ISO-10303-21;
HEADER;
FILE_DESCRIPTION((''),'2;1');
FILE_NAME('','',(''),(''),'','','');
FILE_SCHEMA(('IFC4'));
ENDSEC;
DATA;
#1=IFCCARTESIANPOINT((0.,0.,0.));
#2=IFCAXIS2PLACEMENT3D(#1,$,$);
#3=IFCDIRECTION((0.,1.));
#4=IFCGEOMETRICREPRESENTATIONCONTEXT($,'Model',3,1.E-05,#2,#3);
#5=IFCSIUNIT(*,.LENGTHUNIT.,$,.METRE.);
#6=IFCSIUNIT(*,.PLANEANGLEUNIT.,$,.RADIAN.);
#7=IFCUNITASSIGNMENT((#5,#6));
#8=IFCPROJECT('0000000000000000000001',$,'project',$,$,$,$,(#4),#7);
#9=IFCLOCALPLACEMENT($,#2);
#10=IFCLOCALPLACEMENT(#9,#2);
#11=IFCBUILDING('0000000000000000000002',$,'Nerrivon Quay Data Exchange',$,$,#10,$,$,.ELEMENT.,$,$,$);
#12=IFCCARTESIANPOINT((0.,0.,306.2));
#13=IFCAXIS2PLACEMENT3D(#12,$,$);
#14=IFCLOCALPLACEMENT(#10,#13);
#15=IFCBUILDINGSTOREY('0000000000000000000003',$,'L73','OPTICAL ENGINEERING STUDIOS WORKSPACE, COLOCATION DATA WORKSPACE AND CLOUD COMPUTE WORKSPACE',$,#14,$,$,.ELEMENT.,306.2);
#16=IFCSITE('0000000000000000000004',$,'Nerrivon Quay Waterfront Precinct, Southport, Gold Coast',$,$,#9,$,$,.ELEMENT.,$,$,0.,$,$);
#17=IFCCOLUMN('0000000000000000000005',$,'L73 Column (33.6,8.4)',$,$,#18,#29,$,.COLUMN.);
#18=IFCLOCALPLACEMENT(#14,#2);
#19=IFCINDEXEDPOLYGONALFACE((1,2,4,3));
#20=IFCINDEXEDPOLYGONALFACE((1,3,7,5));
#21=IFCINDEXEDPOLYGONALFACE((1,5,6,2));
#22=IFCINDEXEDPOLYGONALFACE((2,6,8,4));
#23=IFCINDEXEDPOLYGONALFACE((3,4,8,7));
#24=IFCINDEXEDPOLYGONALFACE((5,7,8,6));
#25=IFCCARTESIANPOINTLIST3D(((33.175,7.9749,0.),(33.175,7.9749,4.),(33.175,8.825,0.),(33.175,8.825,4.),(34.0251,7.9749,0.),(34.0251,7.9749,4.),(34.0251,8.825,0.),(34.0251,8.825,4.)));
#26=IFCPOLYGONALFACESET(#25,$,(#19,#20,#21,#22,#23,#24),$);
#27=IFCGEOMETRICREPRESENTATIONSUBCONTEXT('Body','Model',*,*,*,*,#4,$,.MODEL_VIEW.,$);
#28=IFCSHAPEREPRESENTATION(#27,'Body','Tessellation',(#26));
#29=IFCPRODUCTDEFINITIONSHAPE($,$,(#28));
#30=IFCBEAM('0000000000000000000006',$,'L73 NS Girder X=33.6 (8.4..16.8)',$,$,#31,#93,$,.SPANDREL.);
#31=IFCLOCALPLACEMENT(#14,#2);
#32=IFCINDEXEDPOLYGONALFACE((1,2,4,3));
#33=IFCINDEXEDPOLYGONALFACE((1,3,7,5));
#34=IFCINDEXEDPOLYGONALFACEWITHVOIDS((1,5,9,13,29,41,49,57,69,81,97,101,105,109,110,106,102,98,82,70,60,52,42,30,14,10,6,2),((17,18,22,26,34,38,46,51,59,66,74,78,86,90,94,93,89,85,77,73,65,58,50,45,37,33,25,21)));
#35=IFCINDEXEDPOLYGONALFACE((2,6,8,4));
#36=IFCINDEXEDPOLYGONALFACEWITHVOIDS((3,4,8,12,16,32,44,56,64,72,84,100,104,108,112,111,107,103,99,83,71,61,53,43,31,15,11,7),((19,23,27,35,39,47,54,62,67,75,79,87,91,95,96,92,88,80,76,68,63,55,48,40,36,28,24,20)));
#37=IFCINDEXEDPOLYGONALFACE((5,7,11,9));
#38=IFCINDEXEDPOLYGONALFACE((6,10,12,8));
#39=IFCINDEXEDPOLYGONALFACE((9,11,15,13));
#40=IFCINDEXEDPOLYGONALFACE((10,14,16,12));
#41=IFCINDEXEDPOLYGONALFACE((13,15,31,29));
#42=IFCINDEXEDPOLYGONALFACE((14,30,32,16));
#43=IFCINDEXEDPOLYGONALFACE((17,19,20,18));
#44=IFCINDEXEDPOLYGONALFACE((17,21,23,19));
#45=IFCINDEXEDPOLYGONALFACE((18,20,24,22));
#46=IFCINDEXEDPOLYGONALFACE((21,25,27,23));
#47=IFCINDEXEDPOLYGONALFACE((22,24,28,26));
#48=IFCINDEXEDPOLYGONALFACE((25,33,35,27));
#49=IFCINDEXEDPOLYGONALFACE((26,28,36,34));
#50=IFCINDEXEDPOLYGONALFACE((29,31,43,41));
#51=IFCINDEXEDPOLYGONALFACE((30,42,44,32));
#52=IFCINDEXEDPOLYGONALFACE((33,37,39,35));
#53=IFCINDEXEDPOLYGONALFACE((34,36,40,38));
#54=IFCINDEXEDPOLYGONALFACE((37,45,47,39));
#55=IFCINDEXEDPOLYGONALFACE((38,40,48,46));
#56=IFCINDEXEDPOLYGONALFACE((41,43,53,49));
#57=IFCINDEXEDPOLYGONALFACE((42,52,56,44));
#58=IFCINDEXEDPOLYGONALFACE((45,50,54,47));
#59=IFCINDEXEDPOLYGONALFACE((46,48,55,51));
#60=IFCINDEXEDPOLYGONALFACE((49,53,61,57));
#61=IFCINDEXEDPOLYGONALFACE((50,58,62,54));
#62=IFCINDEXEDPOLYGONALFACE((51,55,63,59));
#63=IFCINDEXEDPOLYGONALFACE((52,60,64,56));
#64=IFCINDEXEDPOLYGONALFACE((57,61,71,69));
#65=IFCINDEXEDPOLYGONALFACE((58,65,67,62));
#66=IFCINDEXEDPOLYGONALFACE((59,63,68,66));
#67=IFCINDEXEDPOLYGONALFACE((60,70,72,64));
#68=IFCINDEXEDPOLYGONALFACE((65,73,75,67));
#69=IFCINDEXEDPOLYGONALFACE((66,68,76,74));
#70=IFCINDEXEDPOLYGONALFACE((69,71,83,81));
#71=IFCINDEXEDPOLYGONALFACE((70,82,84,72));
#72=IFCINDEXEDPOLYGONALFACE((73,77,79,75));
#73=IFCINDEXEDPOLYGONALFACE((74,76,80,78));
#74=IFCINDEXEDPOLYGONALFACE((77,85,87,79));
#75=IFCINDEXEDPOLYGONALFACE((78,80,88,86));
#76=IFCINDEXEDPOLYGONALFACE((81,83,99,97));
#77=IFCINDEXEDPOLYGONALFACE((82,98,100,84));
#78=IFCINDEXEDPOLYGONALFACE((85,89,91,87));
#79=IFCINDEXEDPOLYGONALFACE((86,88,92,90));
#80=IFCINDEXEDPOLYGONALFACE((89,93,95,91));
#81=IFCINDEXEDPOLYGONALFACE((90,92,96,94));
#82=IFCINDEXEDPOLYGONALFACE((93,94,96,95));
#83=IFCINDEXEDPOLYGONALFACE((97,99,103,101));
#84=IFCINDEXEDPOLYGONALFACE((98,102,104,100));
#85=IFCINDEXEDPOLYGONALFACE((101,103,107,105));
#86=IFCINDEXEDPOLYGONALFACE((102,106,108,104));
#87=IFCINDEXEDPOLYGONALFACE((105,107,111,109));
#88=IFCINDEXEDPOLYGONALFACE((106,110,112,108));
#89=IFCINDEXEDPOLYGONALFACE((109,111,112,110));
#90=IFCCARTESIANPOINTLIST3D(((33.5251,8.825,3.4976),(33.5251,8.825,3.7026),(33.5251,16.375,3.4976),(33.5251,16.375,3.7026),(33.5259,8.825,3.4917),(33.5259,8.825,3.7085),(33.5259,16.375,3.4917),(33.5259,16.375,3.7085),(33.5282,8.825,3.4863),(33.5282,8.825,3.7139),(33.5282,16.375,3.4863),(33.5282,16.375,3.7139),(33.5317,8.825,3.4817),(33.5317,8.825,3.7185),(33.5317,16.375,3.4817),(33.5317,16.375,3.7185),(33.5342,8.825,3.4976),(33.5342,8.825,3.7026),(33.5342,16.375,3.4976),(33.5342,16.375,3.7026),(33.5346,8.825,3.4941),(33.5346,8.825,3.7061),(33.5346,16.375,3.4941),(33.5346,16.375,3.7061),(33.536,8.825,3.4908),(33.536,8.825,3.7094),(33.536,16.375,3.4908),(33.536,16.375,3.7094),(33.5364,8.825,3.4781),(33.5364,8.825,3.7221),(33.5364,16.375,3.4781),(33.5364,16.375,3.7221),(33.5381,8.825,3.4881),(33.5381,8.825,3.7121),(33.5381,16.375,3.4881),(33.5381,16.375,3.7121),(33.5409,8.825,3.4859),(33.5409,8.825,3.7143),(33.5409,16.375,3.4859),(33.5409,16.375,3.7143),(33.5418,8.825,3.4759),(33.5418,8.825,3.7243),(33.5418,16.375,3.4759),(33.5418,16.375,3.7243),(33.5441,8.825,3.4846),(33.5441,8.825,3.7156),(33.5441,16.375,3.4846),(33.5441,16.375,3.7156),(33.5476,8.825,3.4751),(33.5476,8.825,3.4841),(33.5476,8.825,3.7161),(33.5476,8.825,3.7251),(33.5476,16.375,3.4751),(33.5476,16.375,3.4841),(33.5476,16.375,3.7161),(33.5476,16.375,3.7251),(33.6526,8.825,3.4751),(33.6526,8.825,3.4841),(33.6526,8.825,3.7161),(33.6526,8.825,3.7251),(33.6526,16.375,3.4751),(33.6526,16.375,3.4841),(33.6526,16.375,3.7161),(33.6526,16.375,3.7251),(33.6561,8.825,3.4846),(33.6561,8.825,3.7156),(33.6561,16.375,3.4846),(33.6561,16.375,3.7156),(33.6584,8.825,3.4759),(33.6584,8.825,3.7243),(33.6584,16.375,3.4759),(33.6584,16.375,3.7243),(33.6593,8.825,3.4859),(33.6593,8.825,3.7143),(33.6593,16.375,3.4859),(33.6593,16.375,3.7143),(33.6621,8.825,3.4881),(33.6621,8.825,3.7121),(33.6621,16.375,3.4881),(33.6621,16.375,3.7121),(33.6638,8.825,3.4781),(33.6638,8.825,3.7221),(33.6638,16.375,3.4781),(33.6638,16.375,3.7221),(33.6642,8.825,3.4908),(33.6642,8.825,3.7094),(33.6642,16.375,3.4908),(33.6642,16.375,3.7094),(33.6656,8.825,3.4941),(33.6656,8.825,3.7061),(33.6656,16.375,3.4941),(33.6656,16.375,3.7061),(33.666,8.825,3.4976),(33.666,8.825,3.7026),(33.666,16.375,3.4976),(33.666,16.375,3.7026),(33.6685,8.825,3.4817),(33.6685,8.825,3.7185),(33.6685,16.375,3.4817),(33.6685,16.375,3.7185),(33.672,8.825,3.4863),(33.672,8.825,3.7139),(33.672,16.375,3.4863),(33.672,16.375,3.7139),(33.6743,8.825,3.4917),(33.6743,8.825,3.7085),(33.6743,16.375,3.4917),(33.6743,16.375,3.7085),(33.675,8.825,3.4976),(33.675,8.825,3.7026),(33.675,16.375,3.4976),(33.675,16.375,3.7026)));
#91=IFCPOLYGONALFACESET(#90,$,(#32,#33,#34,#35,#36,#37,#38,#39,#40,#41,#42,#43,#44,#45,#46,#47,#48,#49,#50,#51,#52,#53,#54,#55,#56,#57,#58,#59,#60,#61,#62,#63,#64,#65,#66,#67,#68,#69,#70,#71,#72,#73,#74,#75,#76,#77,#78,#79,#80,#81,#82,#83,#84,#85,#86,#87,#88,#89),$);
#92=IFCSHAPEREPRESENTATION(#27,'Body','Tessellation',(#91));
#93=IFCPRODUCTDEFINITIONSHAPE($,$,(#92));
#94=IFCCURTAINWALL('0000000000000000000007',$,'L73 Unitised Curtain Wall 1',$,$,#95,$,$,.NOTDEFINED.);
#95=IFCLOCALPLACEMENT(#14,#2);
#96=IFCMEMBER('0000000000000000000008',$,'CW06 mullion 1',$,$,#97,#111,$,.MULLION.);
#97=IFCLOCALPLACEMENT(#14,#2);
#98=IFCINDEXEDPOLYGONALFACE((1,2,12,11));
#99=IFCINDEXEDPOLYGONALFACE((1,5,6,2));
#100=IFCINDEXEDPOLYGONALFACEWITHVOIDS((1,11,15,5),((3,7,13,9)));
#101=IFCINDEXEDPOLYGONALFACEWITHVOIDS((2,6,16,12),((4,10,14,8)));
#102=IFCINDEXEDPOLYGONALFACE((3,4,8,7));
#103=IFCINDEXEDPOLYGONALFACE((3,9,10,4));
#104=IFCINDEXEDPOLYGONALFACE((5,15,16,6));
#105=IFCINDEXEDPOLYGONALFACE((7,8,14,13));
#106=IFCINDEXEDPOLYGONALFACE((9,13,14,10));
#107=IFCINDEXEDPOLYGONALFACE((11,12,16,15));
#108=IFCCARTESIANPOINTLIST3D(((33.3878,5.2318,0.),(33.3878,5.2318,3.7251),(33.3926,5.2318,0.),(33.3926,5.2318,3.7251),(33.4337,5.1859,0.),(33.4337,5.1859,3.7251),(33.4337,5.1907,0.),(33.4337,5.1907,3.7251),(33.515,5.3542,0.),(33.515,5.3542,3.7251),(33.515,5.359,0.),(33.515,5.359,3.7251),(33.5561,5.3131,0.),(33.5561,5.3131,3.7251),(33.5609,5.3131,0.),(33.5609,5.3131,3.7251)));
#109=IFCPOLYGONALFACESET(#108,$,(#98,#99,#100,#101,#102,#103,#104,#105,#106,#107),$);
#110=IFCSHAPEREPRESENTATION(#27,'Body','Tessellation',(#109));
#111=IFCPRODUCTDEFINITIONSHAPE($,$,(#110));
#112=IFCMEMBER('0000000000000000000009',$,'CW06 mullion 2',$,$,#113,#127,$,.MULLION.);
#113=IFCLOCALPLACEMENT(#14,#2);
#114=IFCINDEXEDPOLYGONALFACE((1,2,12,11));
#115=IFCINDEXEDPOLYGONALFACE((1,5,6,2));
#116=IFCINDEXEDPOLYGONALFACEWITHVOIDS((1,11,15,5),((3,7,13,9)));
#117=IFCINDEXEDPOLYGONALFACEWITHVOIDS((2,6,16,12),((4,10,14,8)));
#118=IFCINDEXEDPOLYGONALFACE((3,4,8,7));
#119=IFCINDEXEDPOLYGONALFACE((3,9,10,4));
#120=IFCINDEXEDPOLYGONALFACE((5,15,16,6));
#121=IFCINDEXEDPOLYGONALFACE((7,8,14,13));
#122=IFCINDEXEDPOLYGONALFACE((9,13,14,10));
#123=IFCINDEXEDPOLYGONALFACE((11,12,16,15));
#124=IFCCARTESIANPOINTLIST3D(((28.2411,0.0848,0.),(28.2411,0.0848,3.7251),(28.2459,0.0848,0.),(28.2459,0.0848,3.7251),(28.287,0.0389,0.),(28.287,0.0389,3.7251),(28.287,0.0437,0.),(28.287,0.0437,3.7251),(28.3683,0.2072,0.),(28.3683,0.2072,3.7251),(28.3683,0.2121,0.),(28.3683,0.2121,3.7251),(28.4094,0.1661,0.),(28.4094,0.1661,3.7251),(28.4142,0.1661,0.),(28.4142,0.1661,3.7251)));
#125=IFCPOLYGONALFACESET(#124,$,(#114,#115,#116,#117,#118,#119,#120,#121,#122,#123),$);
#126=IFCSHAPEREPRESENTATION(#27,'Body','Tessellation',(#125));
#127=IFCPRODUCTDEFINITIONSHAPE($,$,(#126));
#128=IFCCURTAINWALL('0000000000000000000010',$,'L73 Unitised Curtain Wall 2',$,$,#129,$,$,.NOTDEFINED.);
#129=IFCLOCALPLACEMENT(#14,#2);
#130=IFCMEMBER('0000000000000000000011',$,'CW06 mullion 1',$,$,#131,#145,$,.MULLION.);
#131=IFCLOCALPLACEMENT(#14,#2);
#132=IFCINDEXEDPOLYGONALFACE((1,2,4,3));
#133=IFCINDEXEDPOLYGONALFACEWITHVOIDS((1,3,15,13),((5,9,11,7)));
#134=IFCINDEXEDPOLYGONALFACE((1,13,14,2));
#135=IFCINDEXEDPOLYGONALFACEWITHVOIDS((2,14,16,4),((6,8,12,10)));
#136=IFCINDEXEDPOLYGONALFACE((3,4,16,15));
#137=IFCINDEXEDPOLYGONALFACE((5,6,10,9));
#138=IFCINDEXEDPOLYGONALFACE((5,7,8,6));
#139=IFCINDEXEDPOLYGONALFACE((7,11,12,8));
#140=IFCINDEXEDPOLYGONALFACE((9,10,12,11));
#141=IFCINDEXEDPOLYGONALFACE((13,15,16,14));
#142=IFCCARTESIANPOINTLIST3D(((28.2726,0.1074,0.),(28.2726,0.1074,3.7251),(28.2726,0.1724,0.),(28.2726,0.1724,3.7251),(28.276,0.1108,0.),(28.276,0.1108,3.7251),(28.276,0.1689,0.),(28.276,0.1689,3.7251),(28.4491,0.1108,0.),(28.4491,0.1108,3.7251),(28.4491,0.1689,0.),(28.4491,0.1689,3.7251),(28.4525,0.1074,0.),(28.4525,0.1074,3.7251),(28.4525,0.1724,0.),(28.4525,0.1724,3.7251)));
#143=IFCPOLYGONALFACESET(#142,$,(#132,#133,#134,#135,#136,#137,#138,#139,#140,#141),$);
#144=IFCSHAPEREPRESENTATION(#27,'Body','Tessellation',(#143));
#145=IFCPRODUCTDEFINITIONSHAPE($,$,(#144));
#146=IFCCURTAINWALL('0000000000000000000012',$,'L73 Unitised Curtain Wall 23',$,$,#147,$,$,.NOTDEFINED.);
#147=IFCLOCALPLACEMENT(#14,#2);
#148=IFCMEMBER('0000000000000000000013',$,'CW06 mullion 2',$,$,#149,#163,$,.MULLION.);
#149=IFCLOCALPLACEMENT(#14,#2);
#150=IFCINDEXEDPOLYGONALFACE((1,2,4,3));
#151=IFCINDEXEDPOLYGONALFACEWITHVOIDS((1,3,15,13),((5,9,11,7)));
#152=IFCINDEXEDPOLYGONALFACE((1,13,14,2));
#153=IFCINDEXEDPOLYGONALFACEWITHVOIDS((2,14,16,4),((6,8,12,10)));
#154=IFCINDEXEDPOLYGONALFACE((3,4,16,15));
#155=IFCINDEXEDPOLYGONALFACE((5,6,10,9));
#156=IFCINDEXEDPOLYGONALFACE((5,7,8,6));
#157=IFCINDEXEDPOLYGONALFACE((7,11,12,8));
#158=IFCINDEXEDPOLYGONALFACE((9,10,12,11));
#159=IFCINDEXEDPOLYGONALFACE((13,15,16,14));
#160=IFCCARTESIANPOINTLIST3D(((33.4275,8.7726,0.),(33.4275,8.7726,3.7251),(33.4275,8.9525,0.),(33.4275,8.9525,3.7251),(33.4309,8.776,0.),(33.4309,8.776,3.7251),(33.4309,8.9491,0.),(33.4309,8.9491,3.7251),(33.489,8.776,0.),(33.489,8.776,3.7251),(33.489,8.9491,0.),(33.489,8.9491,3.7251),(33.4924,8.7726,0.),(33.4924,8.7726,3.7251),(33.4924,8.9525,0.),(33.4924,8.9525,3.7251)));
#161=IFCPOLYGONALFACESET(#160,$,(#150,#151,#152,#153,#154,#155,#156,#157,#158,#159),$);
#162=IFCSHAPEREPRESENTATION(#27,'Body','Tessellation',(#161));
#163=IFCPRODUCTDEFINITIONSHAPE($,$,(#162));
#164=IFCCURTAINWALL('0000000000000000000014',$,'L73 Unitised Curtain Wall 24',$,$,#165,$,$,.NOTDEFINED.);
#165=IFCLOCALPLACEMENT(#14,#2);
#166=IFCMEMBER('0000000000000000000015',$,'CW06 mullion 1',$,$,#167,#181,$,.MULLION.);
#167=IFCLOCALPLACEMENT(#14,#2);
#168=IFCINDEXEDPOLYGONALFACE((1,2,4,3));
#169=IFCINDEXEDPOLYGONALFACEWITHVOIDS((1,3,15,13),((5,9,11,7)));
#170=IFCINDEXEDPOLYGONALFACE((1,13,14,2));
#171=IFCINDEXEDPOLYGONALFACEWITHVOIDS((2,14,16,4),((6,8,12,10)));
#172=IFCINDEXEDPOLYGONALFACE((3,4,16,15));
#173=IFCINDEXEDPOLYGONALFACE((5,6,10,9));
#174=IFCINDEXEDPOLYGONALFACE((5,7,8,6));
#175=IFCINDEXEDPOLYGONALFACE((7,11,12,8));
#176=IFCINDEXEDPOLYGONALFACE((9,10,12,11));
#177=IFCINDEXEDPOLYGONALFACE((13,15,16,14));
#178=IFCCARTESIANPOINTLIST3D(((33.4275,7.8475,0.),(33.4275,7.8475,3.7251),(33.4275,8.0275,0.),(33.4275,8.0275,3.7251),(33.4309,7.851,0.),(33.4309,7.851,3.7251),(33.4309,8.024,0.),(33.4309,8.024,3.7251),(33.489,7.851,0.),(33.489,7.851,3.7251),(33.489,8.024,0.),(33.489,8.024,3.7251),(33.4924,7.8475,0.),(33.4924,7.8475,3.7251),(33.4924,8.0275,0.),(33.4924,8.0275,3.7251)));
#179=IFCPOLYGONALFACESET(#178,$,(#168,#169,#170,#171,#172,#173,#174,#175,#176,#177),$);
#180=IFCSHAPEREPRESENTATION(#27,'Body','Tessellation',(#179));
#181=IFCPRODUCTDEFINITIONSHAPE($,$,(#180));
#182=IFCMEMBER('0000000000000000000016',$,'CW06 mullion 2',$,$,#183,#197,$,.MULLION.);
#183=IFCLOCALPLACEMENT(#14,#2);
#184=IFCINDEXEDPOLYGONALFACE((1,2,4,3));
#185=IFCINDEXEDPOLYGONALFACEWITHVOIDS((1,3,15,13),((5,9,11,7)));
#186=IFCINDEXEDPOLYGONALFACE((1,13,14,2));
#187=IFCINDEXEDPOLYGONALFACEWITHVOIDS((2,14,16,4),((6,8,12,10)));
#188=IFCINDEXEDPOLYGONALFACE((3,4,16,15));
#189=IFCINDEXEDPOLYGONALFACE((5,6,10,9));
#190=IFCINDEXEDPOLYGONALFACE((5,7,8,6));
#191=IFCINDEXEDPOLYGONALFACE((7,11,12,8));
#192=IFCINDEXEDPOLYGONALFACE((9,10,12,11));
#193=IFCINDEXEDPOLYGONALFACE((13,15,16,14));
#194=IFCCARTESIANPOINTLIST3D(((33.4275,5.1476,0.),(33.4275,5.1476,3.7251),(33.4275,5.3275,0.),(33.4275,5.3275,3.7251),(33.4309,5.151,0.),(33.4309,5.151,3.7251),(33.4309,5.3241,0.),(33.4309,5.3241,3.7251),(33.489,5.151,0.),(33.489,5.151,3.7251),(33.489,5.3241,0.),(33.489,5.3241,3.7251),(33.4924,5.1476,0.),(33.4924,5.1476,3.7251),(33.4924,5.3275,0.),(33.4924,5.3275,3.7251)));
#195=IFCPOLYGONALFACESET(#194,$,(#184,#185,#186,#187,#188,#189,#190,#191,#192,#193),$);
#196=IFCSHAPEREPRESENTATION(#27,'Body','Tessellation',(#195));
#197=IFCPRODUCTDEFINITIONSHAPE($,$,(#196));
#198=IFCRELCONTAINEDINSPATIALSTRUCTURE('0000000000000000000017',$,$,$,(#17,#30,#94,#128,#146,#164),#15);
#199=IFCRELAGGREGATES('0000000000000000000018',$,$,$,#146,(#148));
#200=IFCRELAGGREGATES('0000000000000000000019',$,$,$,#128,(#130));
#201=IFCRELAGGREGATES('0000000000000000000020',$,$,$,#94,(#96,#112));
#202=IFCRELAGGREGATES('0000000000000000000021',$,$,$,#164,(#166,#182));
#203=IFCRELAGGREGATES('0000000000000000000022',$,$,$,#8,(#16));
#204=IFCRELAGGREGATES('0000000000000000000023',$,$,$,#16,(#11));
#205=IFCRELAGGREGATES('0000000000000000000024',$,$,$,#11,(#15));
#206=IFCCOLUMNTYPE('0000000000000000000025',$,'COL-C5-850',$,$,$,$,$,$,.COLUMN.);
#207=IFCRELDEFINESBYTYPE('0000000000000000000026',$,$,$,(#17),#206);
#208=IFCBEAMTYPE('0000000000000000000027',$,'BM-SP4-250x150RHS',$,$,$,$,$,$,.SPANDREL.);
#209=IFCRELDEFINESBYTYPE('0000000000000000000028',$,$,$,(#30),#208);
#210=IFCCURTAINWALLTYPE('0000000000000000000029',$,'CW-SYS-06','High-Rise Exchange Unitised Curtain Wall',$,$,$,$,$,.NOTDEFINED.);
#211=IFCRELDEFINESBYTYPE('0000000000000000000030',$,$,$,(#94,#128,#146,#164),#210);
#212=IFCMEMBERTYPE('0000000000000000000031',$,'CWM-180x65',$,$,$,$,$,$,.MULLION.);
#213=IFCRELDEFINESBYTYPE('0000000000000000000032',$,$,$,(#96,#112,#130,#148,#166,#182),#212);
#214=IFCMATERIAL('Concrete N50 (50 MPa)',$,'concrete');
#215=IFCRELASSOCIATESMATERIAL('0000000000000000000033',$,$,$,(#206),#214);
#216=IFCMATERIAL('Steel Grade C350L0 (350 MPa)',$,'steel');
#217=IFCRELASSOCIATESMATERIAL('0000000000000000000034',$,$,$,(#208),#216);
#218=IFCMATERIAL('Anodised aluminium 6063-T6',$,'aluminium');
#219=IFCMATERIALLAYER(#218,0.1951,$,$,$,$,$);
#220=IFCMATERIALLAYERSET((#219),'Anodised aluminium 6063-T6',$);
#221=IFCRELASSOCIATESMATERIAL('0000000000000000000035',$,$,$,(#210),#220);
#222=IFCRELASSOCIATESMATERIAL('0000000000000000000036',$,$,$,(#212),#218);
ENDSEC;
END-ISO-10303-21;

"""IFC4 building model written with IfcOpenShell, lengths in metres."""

from ifc_helpers import new_model, si_unit, direction, frame, origin, origin_2d, place, context, subcontext, project, spatial, rectangle, hollow_rectangle, extrude, material, layer, layer_set, material_profile, profile_set, type_object, element, aggregate, save


model = new_model("IFC4")

# Units and contexts
model_context = context("Model", 3, precision=1e-05, world=origin(), true_north=direction((0.0, 1.0)))
body_context = subcontext(model_context, "Body", "Model", "MODEL_VIEW")
ifc_project = project(units=[si_unit("LENGTHUNIT", "METRE"), si_unit("PLANEANGLEUNIT", "RADIAN")], contexts=[model_context])

# Site, building, storey
site_placement = place(None, origin())
site = spatial("IfcSite", under=ifc_project, at=site_placement, Name="Nerrivon Quay Waterfront Precinct, Southport, Gold Coast", CompositionType="ELEMENT", RefElevation=0.0)
building_placement = place(site_placement, origin())
building = spatial("IfcBuilding", under=site, at=building_placement, Name="Nerrivon Quay Data Exchange", CompositionType="ELEMENT")
storey_placement = place(building_placement, frame((0.0, 0.0, 306.2)))
storey = spatial("IfcBuildingStorey", under=building, at=storey_placement, Name="L73", Description="OPTICAL ENGINEERING STUDIOS WORKSPACE, COLOCATION DATA WORKSPACE AND CLOUD COMPUTE WORKSPACE", CompositionType="ELEMENT", Elevation=306.2)

# Column
ifc_material_1 = material(Name="Concrete N50 (50 MPa)", Category="concrete")
ifc_material_profile_1 = material_profile(ifc_material_1, rectangle(XDim=0.8501, YDim=0.8501, at=origin_2d()), Name="RC-COL-850x850")
ifc_profile_set_1 = profile_set([ifc_material_profile_1], Name="Concrete N50 (50 MPa)")
column_type = type_object("IfcColumnType", Name="COL-C5-850", PredefinedType="COLUMN", material=ifc_profile_set_1)
column_placement = place(storey_placement, frame((33.6001, 8.3999, 0.0), z_axis=(0.0, 0.0, 1.0), x_axis=(1.0, 0.0, 0.0)))
element("IfcColumn", 1, at=column_placement, inside=storey, type_object=column_type, Name="L73 Column (33.6,8.4)", PredefinedType="COLUMN", context=body_context, shape_type="SweptSolid", body=[
    extrude(rectangle(XDim=0.8501, YDim=0.8501, at=origin_2d()), origin(), (0.0, 0.0, 1.0), 4.0),
])

# Beam
ifc_material_2 = material(Name="Steel Grade C350L0 (350 MPa)", Category="steel")
ifc_material_profile_2 = material_profile(ifc_material_2, hollow_rectangle(XDim=0.1499, YDim=0.25, WallThickness=0.009, InnerFilletRadius=0.0134, OuterFilletRadius=0.0225, at=origin_2d()), Name="250x150x9.0RHS")
ifc_profile_set_2 = profile_set([ifc_material_profile_2], Name="Steel Grade C350L0 (350 MPa)")
beam_type = type_object("IfcBeamType", Name="BM-SP4-250x150RHS", PredefinedType="SPANDREL", material=ifc_profile_set_2)
beam_placement = place(storey_placement, frame((33.6001, 8.825, 3.6001), z_axis=(0.0, 1.0, 0.0), x_axis=(-1.0, 0.0, 0.0)))
element("IfcBeam", 2, at=beam_placement, inside=storey, type_object=beam_type, Name="L73 NS Girder X=33.6 (8.4..16.8)", PredefinedType="SPANDREL", context=body_context, shape_type="SweptSolid", body=[
    extrude(hollow_rectangle(XDim=0.1499, YDim=0.25, WallThickness=0.009, InnerFilletRadius=0.0134, OuterFilletRadius=0.0225, at=origin_2d()), origin(), (0.0, 0.0, 1.0), 7.55),
])

# Curtain wall, members
ifc_material_3 = material(Name="Anodised aluminium 6063-T6", Category="aluminium")
ifc_layer_1 = layer(ifc_material_3, 0.1951)
ifc_layer_set_1 = layer_set([ifc_layer_1], Name="Anodised aluminium 6063-T6")
curtain_wall_type = type_object("IfcCurtainWallType", Name="CW-SYS-06", Description="High-Rise Exchange Unitised Curtain Wall", PredefinedType="NOTDEFINED", material=ifc_layer_set_1)
curtain_wall_1_placement = place(storey_placement, origin())
curtain_wall_1 = element("IfcCurtainWall", 3, at=curtain_wall_1_placement, inside=storey, type_object=curtain_wall_type, Name="L73 Unitised Curtain Wall 1", PredefinedType="NOTDEFINED")
ifc_material_profile_3 = material_profile(ifc_material_3, hollow_rectangle(XDim=0.0649, YDim=0.1799, WallThickness=0.0034, at=origin_2d()), Name="ALU-MULL-180x65")
ifc_profile_set_3 = profile_set([ifc_material_profile_3], Name="Anodised aluminium 6063-T6")
member_type_1 = type_object("IfcMemberType", Name="CWM-180x65", PredefinedType="MULLION", material=ifc_profile_set_3)
member_1_placement = place(storey_placement, frame((33.4744, 5.2725, 0.0), z_axis=(0.0, 0.0, 1.0), x_axis=(0.707107, -0.707107, 0.0)))
member_1 = element("IfcMember", 4, at=member_1_placement, type_object=member_type_1, Name="CW06 mullion 1", PredefinedType="MULLION", context=body_context, shape_type="SweptSolid", body=[
    extrude(hollow_rectangle(XDim=0.0649, YDim=0.1799, WallThickness=0.0034, at=origin_2d()), origin(), (0.0, 0.0, 1.0), 3.7251),
])
member_2_placement = place(storey_placement, frame((28.3276, 0.1255, 0.0), z_axis=(0.0, 0.0, 1.0), x_axis=(0.707107, -0.707107, 0.0)))
member_2 = element("IfcMember", 5, at=member_2_placement, type_object=member_type_1, Name="CW06 mullion 2", PredefinedType="MULLION", context=body_context, shape_type="SweptSolid", body=[
    extrude(hollow_rectangle(XDim=0.0649, YDim=0.1799, WallThickness=0.0034, at=origin_2d()), origin(), (0.0, 0.0, 1.0), 3.7251),
])

# Curtain walls, members
curtain_wall_2_placement = place(storey_placement, origin())
curtain_wall_2 = element("IfcCurtainWall", 6, at=curtain_wall_2_placement, inside=storey, type_object=curtain_wall_type, Name="L73 Unitised Curtain Wall 2", PredefinedType="NOTDEFINED")
member_3_placement = place(storey_placement, frame((28.3625, 0.1399, 0.0), z_axis=(0.0, 0.0, 1.0), x_axis=(0.0, -1.0, 0.0)))
member_3 = element("IfcMember", 7, at=member_3_placement, type_object=member_type_1, Name="CW06 mullion 1", PredefinedType="MULLION", context=body_context, shape_type="SweptSolid", body=[
    extrude(hollow_rectangle(XDim=0.0649, YDim=0.1799, WallThickness=0.0034, at=origin_2d()), origin(), (0.0, 0.0, 1.0), 3.7251),
])
curtain_wall_3_placement = place(storey_placement, origin())
curtain_wall_3 = element("IfcCurtainWall", 8, at=curtain_wall_3_placement, inside=storey, type_object=curtain_wall_type, Name="L73 Unitised Curtain Wall 23", PredefinedType="NOTDEFINED")
member_4_placement = place(storey_placement, frame((33.46, 8.8625, 0.0), z_axis=(0.0, 0.0, 1.0), x_axis=(1.0, 0.0, 0.0)))
member_4 = element("IfcMember", 9, at=member_4_placement, type_object=member_type_1, Name="CW06 mullion 2", PredefinedType="MULLION", context=body_context, shape_type="SweptSolid", body=[
    extrude(hollow_rectangle(XDim=0.0649, YDim=0.1799, WallThickness=0.0034, at=origin_2d()), origin(), (0.0, 0.0, 1.0), 3.7251),
])
aggregate(curtain_wall_3, [member_4])

# Curtain wall, members
curtain_wall_4_placement = place(storey_placement, origin())
curtain_wall_4 = element("IfcCurtainWall", 10, at=curtain_wall_4_placement, inside=storey, type_object=curtain_wall_type, Name="L73 Unitised Curtain Wall 24", PredefinedType="NOTDEFINED")
member_5_placement = place(storey_placement, frame((33.46, 7.9375, 0.0), z_axis=(0.0, 0.0, 1.0), x_axis=(1.0, 0.0, 0.0)))
member_5 = element("IfcMember", 11, at=member_5_placement, type_object=member_type_1, Name="CW06 mullion 1", PredefinedType="MULLION", context=body_context, shape_type="SweptSolid", body=[
    extrude(hollow_rectangle(XDim=0.0649, YDim=0.1799, WallThickness=0.0034, at=origin_2d()), origin(), (0.0, 0.0, 1.0), 3.7251),
])
member_6_placement = place(storey_placement, frame((33.46, 5.2375, 0.0), z_axis=(0.0, 0.0, 1.0), x_axis=(1.0, 0.0, 0.0)))
member_6 = element("IfcMember", 12, at=member_6_placement, type_object=member_type_1, Name="CW06 mullion 2", PredefinedType="MULLION", context=body_context, shape_type="SweptSolid", body=[
    extrude(hollow_rectangle(XDim=0.0649, YDim=0.1799, WallThickness=0.0034, at=origin_2d()), origin(), (0.0, 0.0, 1.0), 3.7251),
])

aggregate(curtain_wall_2, [member_3])

aggregate(curtain_wall_1, [member_1, member_2])
aggregate(curtain_wall_4, [member_5, member_6])

save(model, "model.ifc")
